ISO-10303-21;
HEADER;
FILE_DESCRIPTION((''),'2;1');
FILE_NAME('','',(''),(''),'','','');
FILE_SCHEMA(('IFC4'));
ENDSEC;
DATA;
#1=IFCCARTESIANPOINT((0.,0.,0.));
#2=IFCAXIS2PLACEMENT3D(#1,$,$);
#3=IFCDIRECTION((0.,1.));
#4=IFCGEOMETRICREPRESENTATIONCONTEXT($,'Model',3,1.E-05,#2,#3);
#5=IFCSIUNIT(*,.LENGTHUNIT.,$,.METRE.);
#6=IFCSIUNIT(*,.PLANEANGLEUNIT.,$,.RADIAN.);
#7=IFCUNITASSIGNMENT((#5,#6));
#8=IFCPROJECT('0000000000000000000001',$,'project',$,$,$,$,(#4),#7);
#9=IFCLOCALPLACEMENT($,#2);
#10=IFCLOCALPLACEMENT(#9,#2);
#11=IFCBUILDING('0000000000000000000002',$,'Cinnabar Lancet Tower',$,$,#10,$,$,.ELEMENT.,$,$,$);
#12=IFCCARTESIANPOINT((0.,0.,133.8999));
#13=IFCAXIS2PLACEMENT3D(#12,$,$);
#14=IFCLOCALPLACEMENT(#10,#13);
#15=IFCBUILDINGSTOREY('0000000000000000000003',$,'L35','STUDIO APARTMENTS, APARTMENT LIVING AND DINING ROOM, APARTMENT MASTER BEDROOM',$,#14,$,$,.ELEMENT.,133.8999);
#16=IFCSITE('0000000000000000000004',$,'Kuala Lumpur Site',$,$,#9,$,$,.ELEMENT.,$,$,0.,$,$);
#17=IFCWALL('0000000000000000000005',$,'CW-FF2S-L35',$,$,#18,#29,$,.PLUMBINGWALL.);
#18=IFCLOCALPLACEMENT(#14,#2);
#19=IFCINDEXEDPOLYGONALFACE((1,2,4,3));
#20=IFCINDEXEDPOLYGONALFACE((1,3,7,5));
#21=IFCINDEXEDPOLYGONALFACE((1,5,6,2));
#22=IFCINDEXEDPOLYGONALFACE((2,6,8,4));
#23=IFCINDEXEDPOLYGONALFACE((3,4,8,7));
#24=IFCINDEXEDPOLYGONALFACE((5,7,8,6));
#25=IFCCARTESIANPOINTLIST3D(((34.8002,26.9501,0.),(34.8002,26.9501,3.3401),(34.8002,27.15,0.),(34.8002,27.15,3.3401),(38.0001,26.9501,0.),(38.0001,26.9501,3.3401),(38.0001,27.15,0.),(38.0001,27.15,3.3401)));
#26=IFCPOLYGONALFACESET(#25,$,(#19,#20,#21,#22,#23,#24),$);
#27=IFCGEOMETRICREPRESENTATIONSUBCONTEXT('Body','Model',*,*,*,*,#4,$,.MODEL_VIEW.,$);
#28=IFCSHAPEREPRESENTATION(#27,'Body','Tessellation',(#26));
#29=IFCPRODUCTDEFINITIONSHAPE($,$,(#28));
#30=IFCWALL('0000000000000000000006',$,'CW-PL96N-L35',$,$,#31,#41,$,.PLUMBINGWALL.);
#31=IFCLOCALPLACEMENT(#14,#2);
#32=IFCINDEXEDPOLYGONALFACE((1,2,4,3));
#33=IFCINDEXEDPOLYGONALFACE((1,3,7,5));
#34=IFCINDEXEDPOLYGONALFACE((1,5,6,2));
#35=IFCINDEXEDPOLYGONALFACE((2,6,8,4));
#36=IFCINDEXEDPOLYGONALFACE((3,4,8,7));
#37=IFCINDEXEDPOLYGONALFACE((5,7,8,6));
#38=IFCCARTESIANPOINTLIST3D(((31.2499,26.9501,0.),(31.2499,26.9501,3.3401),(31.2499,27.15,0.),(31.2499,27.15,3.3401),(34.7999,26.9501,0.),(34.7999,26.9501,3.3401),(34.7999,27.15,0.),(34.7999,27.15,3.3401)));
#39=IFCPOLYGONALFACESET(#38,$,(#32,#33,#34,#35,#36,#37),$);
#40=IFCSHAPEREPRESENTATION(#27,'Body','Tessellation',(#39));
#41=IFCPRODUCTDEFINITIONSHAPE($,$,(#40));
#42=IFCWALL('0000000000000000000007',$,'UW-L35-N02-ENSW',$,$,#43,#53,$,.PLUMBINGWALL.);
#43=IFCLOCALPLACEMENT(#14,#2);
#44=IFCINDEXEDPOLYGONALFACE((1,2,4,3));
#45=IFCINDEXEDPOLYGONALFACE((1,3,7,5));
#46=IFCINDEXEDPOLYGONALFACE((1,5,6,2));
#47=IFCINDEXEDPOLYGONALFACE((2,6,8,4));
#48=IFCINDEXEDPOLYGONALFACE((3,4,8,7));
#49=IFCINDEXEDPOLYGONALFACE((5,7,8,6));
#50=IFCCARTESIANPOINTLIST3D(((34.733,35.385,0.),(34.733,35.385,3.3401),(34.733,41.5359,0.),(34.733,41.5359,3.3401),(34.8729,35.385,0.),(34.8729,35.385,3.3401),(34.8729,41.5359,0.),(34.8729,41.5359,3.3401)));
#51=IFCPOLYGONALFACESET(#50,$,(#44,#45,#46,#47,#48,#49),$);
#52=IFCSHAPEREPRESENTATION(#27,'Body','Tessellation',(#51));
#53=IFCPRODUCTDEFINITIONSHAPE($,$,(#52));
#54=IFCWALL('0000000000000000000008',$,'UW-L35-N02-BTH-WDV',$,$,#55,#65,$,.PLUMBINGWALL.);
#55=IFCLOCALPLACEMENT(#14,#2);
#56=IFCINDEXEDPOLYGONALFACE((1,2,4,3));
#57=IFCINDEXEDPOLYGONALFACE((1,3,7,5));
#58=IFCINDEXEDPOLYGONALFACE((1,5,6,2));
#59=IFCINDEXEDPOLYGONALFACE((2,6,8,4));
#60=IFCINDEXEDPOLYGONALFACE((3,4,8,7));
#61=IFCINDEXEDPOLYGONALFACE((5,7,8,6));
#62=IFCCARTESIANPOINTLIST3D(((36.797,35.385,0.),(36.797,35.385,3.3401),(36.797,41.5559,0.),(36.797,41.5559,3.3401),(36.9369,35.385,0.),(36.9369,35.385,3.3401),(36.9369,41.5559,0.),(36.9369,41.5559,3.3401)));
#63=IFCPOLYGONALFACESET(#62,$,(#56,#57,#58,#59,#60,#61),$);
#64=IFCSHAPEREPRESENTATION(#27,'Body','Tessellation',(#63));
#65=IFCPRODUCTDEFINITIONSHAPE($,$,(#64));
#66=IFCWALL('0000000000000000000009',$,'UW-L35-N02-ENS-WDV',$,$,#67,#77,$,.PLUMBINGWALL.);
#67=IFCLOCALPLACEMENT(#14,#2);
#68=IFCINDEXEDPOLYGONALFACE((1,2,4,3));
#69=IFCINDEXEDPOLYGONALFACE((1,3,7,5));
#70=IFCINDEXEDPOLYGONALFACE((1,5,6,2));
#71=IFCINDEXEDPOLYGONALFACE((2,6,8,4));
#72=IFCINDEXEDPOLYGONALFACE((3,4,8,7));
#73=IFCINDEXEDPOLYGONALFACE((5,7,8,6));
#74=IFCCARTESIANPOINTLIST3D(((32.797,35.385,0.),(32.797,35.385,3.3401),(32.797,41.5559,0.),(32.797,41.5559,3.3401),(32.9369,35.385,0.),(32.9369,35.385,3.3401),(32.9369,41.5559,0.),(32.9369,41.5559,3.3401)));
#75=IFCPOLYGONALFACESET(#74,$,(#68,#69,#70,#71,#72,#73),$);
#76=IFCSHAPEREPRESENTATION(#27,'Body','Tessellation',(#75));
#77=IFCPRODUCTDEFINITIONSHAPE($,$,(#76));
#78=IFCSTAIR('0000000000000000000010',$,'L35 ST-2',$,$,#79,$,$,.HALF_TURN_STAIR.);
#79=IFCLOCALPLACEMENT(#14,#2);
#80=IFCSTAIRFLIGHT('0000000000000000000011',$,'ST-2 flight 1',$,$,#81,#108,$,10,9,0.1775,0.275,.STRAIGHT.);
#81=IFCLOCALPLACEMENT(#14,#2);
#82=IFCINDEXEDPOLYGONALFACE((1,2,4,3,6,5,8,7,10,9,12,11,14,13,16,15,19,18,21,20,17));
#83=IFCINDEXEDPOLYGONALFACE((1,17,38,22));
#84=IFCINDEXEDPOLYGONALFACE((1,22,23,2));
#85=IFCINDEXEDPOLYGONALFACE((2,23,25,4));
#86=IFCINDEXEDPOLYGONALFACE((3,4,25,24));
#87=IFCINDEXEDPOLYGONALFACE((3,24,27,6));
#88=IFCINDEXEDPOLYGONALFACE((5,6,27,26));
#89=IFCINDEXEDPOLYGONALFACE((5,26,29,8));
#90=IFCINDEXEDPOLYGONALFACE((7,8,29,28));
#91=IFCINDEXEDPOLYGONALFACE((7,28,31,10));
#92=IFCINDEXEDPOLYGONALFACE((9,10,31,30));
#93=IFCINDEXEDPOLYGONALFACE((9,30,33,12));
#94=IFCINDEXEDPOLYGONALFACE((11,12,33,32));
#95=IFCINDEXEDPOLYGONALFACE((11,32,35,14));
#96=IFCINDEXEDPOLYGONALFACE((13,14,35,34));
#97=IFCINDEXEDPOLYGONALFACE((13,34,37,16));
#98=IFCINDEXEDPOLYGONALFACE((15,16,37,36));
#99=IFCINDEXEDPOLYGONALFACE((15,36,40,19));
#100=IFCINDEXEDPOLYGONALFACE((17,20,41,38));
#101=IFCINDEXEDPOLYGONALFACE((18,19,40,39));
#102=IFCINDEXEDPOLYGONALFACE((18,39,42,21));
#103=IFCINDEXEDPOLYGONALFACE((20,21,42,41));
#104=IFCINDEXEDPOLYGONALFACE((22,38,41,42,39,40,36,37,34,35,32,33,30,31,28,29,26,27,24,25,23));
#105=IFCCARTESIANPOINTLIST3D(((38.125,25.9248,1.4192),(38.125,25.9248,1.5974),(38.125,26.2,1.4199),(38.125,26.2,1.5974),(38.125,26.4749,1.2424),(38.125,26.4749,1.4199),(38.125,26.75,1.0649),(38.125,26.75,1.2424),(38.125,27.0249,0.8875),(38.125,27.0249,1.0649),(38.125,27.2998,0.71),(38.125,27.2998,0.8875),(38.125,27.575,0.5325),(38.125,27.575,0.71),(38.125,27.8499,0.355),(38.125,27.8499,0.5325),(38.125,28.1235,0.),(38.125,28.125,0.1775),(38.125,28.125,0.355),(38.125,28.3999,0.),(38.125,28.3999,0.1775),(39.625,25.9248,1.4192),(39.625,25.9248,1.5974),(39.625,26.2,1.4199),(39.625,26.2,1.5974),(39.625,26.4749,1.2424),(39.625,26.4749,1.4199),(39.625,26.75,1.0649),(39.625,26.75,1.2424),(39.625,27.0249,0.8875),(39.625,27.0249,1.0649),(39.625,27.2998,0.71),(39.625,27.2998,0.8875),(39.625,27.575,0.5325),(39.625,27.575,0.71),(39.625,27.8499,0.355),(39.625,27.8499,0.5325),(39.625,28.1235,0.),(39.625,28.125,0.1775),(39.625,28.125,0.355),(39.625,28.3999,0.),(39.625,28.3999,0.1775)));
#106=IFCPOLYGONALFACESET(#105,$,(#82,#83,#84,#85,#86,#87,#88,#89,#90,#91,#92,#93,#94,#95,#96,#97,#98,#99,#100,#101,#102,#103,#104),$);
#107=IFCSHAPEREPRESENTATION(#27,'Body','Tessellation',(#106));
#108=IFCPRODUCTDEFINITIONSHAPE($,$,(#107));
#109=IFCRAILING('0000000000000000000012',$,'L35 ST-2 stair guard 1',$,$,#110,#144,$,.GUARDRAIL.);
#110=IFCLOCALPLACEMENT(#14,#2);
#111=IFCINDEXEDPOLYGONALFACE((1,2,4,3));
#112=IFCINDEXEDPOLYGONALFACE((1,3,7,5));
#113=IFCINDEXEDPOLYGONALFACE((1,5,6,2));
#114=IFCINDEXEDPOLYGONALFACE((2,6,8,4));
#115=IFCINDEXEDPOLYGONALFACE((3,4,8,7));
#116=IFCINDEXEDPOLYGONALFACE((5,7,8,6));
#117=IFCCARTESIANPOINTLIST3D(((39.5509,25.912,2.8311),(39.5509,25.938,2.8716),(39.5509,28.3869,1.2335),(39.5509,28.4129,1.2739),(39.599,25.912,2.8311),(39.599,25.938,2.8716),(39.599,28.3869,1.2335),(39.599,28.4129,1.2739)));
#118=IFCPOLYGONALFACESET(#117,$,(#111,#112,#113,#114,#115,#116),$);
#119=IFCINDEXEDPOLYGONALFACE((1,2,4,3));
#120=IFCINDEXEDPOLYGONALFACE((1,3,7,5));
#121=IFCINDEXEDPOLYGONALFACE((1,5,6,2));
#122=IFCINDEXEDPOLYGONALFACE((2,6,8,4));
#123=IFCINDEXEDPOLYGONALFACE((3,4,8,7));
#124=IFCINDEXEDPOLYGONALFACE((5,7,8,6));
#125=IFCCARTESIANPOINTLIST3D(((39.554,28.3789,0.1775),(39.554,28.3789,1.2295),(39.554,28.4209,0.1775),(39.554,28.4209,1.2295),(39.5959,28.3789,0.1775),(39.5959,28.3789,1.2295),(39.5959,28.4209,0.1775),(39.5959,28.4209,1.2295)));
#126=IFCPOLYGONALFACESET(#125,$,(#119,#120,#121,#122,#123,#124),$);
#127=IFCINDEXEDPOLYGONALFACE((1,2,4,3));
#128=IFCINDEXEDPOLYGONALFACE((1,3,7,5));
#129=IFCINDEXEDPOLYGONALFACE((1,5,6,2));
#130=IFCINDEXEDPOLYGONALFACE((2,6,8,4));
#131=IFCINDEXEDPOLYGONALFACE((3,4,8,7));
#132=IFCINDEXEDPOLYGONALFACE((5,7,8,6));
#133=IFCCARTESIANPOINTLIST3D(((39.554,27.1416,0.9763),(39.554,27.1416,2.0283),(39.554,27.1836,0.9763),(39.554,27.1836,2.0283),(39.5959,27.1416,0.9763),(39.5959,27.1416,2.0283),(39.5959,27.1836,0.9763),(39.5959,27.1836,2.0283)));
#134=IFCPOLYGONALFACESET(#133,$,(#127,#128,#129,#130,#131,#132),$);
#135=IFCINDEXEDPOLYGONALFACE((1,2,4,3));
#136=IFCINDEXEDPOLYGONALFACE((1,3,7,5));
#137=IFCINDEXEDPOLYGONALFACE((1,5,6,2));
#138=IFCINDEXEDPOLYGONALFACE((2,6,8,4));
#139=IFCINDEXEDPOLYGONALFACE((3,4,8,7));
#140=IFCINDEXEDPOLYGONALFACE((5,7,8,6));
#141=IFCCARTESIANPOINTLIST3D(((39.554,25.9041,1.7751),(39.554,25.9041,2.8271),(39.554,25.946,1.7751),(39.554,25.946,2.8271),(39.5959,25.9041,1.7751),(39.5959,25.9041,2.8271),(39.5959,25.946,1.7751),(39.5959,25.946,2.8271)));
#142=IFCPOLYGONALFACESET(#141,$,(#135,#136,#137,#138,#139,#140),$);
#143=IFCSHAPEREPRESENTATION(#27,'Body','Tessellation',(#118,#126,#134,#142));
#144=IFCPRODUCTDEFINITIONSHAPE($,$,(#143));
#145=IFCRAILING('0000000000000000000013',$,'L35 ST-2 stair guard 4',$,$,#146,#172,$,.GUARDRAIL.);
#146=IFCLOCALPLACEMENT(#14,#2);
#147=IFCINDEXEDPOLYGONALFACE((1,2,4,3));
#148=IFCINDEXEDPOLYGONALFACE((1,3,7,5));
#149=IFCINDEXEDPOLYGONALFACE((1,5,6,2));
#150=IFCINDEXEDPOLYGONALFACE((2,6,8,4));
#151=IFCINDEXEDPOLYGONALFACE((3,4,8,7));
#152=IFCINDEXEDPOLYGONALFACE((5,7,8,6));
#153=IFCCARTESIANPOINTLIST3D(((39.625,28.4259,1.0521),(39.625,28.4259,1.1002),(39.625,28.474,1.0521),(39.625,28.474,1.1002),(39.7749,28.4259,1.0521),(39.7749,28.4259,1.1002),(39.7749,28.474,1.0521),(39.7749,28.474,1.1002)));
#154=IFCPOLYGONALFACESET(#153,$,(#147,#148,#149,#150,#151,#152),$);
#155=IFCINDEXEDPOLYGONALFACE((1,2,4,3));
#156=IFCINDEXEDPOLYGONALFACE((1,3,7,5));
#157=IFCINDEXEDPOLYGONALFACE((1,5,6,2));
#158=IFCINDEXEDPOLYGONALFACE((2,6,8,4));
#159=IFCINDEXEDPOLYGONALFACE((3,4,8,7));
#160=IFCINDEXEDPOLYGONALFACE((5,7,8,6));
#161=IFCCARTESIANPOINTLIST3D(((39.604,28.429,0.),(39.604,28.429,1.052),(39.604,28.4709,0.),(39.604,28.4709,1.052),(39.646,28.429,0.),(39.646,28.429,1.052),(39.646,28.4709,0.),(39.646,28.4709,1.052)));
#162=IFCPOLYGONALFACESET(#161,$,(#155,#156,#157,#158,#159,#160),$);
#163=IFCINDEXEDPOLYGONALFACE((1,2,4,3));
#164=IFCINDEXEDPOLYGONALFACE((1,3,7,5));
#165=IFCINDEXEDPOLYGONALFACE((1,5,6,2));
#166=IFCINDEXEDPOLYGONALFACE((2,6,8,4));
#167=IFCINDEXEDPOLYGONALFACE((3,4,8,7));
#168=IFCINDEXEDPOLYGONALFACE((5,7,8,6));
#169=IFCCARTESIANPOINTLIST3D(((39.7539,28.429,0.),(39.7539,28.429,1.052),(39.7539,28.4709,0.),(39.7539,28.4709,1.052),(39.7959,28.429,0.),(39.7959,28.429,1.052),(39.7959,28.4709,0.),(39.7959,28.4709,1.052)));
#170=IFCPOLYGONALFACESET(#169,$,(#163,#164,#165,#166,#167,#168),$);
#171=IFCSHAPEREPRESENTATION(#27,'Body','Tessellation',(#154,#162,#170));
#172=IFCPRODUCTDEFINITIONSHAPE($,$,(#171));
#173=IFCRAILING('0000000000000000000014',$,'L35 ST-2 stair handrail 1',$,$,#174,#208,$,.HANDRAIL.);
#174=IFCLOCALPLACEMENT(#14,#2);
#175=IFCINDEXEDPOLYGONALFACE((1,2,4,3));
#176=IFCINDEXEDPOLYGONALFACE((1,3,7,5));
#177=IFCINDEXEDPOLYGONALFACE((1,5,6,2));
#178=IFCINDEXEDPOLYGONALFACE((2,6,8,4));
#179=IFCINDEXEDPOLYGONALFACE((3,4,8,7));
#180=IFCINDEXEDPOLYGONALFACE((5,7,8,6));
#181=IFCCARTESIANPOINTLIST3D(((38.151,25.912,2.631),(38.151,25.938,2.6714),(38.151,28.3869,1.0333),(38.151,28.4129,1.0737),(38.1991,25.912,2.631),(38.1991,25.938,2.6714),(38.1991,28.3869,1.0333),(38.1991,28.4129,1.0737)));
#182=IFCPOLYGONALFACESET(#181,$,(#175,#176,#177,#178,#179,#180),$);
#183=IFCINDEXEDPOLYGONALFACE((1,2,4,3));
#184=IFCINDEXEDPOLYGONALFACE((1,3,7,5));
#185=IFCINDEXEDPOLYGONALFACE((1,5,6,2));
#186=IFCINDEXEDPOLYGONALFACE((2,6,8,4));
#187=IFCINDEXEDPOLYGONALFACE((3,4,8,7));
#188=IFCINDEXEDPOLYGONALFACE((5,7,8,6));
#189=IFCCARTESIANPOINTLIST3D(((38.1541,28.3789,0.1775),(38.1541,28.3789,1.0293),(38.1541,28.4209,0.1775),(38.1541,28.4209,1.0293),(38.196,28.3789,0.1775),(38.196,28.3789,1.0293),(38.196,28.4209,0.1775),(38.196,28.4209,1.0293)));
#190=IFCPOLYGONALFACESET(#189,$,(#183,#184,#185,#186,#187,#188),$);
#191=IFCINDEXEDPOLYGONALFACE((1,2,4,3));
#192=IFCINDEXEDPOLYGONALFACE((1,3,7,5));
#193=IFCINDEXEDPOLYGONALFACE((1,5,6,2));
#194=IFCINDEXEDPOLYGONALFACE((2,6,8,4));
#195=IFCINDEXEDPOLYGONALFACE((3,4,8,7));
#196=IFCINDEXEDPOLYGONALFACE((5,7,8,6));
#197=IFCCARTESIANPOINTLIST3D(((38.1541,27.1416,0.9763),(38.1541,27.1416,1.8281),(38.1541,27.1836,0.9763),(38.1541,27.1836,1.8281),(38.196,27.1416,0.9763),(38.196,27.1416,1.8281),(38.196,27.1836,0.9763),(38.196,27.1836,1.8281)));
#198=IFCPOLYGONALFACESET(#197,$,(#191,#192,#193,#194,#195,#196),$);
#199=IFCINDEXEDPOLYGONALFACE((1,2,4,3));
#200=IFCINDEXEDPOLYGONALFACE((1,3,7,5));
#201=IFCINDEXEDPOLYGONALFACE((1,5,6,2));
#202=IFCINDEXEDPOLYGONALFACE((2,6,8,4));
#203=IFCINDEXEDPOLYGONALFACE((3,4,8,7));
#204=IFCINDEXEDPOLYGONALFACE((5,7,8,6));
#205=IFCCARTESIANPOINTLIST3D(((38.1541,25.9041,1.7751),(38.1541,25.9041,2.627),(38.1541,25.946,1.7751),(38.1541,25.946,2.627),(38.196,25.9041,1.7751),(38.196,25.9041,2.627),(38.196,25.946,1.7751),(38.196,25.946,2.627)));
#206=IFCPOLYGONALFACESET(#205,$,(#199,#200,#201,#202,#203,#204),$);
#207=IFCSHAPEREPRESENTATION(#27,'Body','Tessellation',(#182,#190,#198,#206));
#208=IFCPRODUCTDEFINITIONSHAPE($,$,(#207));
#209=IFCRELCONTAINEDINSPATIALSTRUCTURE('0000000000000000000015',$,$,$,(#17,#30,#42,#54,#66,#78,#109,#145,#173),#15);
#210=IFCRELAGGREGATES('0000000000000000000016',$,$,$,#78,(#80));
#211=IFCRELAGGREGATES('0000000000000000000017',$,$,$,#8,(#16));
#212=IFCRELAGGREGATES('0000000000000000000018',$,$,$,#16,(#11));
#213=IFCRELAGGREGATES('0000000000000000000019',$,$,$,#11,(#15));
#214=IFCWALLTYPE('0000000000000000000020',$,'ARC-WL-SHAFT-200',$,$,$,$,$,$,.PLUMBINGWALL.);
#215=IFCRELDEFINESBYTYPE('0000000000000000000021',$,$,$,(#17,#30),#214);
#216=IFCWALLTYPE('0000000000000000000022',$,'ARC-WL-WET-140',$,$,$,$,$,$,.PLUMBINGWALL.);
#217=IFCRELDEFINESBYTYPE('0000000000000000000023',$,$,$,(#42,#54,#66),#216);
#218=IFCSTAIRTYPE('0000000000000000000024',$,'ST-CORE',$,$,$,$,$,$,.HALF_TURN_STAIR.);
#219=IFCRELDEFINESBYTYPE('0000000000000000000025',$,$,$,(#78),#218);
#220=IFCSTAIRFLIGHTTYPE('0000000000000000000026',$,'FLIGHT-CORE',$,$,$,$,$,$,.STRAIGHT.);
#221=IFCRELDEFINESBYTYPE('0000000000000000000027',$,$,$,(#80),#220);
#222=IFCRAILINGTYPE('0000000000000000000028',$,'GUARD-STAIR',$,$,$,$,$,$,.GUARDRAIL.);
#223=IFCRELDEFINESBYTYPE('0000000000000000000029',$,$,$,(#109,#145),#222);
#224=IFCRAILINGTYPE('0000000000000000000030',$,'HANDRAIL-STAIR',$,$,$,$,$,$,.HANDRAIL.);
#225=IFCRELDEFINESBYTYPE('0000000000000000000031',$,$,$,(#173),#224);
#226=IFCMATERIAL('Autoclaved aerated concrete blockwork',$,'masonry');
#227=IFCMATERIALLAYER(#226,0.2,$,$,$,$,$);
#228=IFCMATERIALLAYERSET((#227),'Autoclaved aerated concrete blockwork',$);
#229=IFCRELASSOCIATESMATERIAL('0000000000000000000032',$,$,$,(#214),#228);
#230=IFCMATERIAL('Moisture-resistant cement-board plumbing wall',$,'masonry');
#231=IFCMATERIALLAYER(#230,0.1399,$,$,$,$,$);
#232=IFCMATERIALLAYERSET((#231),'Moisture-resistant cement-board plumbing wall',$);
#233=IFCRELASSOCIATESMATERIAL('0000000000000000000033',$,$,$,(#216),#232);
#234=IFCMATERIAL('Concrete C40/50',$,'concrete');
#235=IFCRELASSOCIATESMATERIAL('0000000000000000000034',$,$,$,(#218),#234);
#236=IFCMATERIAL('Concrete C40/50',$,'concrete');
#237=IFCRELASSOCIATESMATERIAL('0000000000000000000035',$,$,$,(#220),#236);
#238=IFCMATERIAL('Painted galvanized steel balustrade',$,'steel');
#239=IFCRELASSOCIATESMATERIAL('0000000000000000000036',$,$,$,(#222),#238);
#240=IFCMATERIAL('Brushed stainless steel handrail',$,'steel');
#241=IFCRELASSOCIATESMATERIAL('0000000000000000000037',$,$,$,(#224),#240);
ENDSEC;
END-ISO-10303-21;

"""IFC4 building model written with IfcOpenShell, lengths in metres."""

from ifc_helpers import new_model, si_unit, direction, frame, frame_2d, origin, origin_2d, place, context, subcontext, project, spatial, polyline, rectangle, outline, extrude, material, layer, layer_set, type_object, element, aggregate, save


model = new_model("IFC4")

# Units and contexts
model_context = context("Model", 3, precision=1e-05, world=origin(), true_north=direction((0.0, 1.0)))
body_context = subcontext(model_context, "Body", "Model", "MODEL_VIEW")
ifc_project = project(units=[si_unit("LENGTHUNIT", "METRE"), si_unit("PLANEANGLEUNIT", "RADIAN")], contexts=[model_context])

# Site, building, storey
site_placement = place(None, origin())
site = spatial("IfcSite", under=ifc_project, at=site_placement, Name="Kuala Lumpur Site", CompositionType="ELEMENT", RefElevation=0.0)
building_placement = place(site_placement, origin())
building = spatial("IfcBuilding", under=site, at=building_placement, Name="Cinnabar Lancet Tower", CompositionType="ELEMENT")
storey_placement = place(building_placement, frame((0.0, 0.0, 133.8999)))
storey = spatial("IfcBuildingStorey", under=building, at=storey_placement, Name="L35", Description="STUDIO APARTMENTS, APARTMENT LIVING AND DINING ROOM, APARTMENT MASTER BEDROOM", CompositionType="ELEMENT", Elevation=133.8999)

# Shared definitions
ifc_material_1 = material(Name="Autoclaved aerated concrete blockwork", Category="masonry")
ifc_layer_1 = layer(ifc_material_1, 0.2)
ifc_layer_set_1 = layer_set([ifc_layer_1], Name="Autoclaved aerated concrete blockwork")
wall_type_1 = type_object("IfcWallType", Name="ARC-WL-SHAFT-200", PredefinedType="PLUMBINGWALL", material=ifc_layer_set_1)

# Walls
wall_1_placement = place(storey_placement, frame((34.8, 27.05, 0.0), z_axis=(0.0, 0.0, 1.0), x_axis=(1.0, 0.0, 0.0)))
element("IfcWall", 1, at=wall_1_placement, inside=storey, type_object=wall_type_1, Name="CW-FF2S-L35", PredefinedType="PLUMBINGWALL", context=body_context, shape_type="SweptSolid", body=[
    extrude(rectangle(XDim=3.2, YDim=0.2, at=frame_2d((1.6001, 0.0))), origin(), (0.0, 0.0, 1.0), 3.3401),
])
wall_2_placement = place(storey_placement, frame((31.25, 27.05, 0.0), z_axis=(0.0, 0.0, 1.0), x_axis=(1.0, 0.0, 0.0)))
element("IfcWall", 2, at=wall_2_placement, inside=storey, type_object=wall_type_1, Name="CW-PL96N-L35", PredefinedType="PLUMBINGWALL", context=body_context, shape_type="SweptSolid", body=[
    extrude(rectangle(XDim=3.55, YDim=0.2, at=frame_2d((1.7749, 0.0))), origin(), (0.0, 0.0, 1.0), 3.3401),
])
ifc_material_2 = material(Name="Moisture-resistant cement-board plumbing wall", Category="masonry")
ifc_layer_2 = layer(ifc_material_2, 0.1399)
ifc_layer_set_2 = layer_set([ifc_layer_2], Name="Moisture-resistant cement-board plumbing wall")
wall_type_2 = type_object("IfcWallType", Name="ARC-WL-WET-140", PredefinedType="PLUMBINGWALL", material=ifc_layer_set_2)
wall_3_placement = place(storey_placement, frame((34.803, 35.385, 0.0), z_axis=(0.0, 0.0, 1.0), x_axis=(0.0, 1.0, 0.0)))
element("IfcWall", 3, at=wall_3_placement, inside=storey, type_object=wall_type_2, Name="UW-L35-N02-ENSW", PredefinedType="PLUMBINGWALL", context=body_context, shape_type="SweptSolid", body=[
    extrude(rectangle(XDim=6.1509, YDim=0.1399, at=frame_2d((3.0754, 0.0))), origin(), (0.0, 0.0, 1.0), 3.3401),
])
for number, where, z_axis, x_axis, name in (
    (4, (36.8669, 35.385, 0.0), (0.0, 0.0, 1.0), (0.0, 1.0, 0.0), "UW-L35-N02-BTH-WDV"),
    (5, (32.8669, 35.385, 0.0), (0.0, 0.0, 1.0), (0.0, 1.0, 0.0), "UW-L35-N02-ENS-WDV"),
):
    element("IfcWall", number, at=place(storey_placement, frame(where, z_axis=z_axis, x_axis=x_axis)), inside=storey, type_object=wall_type_2, Name=name, PredefinedType="PLUMBINGWALL", context=body_context, shape_type="SweptSolid", body=[
        extrude(rectangle(XDim=6.1709, YDim=0.1399, at=frame_2d((3.0854, 0.0))), origin(), (0.0, 0.0, 1.0), 3.3401),
    ])

# Stair, stair flight
ifc_material_3 = material(Name="Concrete C40/50", Category="concrete")
stair_type = type_object("IfcStairType", Name="ST-CORE", PredefinedType="HALF_TURN_STAIR", material=ifc_material_3)
stair_placement = place(storey_placement, origin())
stair = element("IfcStair", 6, at=stair_placement, inside=storey, type_object=stair_type, Name="L35 ST-2", PredefinedType="HALF_TURN_STAIR")
ifc_material_4 = material(Name="Concrete C40/50", Category="concrete")
stair_flight_type = type_object("IfcStairFlightType", Name="FLIGHT-CORE", PredefinedType="STRAIGHT", material=ifc_material_4)
stair_flight_placement = place(storey_placement, frame((38.875, 28.3999, 0.0), z_axis=(0.0, 0.0, 1.0), x_axis=(0.0, -1.0, 0.0)))
stair_flight = element("IfcStairFlight", 7, at=stair_flight_placement, type_object=stair_flight_type, Name="ST-2 flight 1", NumberOfRisers=10, NumberOfTreads=9, PredefinedType="STRAIGHT", RiserHeight=0.1775, TreadLength=0.275, context=body_context, shape_type="SweptSolid", body=[
    extrude(outline(polyline([(0.0, 0.0), (0.0, 0.1775), (0.2749, 0.1775), (0.2749, 0.355), (0.55, 0.355), (0.55, 0.5325), (0.825, 0.5325), (0.825, 0.71), (1.1001, 0.71), (1.1001, 0.8875), (1.375, 0.8875), (1.375, 1.0649), (1.6499, 1.0649), (1.6499, 1.2424), (1.925, 1.2424), (1.925, 1.4199), (2.2, 1.4199), (2.2, 1.5974), (2.4751, 1.5974), (2.4751, 1.7749), (2.4751, 1.4192), (0.2764, 0.0), (0.0, 0.0)])), frame((0.0, 0.75, 0.0), z_axis=(0.0, -1.0, 0.0), x_axis=(1.0, 0.0, 0.0)), (0.0, 0.0, 1.0), 1.5),
])
aggregate(stair, [stair_flight])

# Railings
ifc_material_5 = material(Name="Painted galvanized steel balustrade", Category="steel")
railing_type_1 = type_object("IfcRailingType", Name="GUARD-STAIR", PredefinedType="GUARDRAIL", material=ifc_material_5)
railing_1_placement = place(storey_placement, frame((39.575, 28.3999, 0.1775)))
element("IfcRailing", 8, at=railing_1_placement, inside=storey, type_object=railing_type_1, Name="L35 ST-2 stair guard 1", PredefinedType="GUARDRAIL", context=body_context, shape_type="SweptSolid", body=[
    extrude(rectangle(XDim=0.0481, YDim=0.0481, at=origin_2d()), frame((0.0, 0.0, 1.0762), z_axis=(0.0, -0.840146, 0.542361), x_axis=(1.0, 0.0, 0.0)), (0.0, 0.0, 1.0), 2.9458),
    extrude(rectangle(XDim=0.042, YDim=0.042, at=origin_2d()), origin(), (0.0, 0.0, 1.0), 1.052),
    extrude(rectangle(XDim=0.042, YDim=0.042, at=origin_2d()), frame((0.0, -1.2373, 0.7988)), (0.0, 0.0, 1.0), 1.052),
    extrude(rectangle(XDim=0.042, YDim=0.042, at=origin_2d()), frame((0.0, -2.4749, 1.5977)), (0.0, 0.0, 1.0), 1.052),
])
railing_2_placement = place(storey_placement, frame((39.625, 28.45, 0.0)))
element("IfcRailing", 9, at=railing_2_placement, inside=storey, type_object=railing_type_1, Name="L35 ST-2 stair guard 4", PredefinedType="GUARDRAIL", context=body_context, shape_type="SweptSolid", body=[
    extrude(rectangle(XDim=0.0481, YDim=0.0481, at=origin_2d()), frame((0.0, 0.0, 1.0762), z_axis=(1.0, 0.0, 0.0), x_axis=(0.0, 1.0, 0.0)), (0.0, 0.0, 1.0), 0.1499),
    extrude(rectangle(XDim=0.042, YDim=0.042, at=origin_2d()), origin(), (0.0, 0.0, 1.0), 1.052),
    extrude(rectangle(XDim=0.042, YDim=0.042, at=origin_2d()), frame((0.1499, 0.0, 0.0)), (0.0, 0.0, 1.0), 1.052),
])
ifc_material_6 = material(Name="Brushed stainless steel handrail", Category="steel")
railing_type_2 = type_object("IfcRailingType", Name="HANDRAIL-STAIR", PredefinedType="HANDRAIL", material=ifc_material_6)
railing_3_placement = place(storey_placement, frame((38.175, 28.3999, 0.1775)))
element("IfcRailing", 10, at=railing_3_placement, inside=storey, type_object=railing_type_2, Name="L35 ST-2 stair handrail 1", PredefinedType="HANDRAIL", context=body_context, shape_type="SweptSolid", body=[
    extrude(rectangle(XDim=0.0481, YDim=0.0481, at=origin_2d()), frame((0.0, 0.0, 0.876), z_axis=(0.0, -0.840146, 0.542361), x_axis=(1.0, 0.0, 0.0)), (0.0, 0.0, 1.0), 2.9458),
    extrude(rectangle(XDim=0.042, YDim=0.042, at=origin_2d()), origin(), (0.0, 0.0, 1.0), 0.8518),
    extrude(rectangle(XDim=0.042, YDim=0.042, at=origin_2d()), frame((0.0, -1.2373, 0.7988)), (0.0, 0.0, 1.0), 0.8518),
    extrude(rectangle(XDim=0.042, YDim=0.042, at=origin_2d()), frame((0.0, -2.4749, 1.5977)), (0.0, 0.0, 1.0), 0.8518),
])

save(model, "model.ifc")
